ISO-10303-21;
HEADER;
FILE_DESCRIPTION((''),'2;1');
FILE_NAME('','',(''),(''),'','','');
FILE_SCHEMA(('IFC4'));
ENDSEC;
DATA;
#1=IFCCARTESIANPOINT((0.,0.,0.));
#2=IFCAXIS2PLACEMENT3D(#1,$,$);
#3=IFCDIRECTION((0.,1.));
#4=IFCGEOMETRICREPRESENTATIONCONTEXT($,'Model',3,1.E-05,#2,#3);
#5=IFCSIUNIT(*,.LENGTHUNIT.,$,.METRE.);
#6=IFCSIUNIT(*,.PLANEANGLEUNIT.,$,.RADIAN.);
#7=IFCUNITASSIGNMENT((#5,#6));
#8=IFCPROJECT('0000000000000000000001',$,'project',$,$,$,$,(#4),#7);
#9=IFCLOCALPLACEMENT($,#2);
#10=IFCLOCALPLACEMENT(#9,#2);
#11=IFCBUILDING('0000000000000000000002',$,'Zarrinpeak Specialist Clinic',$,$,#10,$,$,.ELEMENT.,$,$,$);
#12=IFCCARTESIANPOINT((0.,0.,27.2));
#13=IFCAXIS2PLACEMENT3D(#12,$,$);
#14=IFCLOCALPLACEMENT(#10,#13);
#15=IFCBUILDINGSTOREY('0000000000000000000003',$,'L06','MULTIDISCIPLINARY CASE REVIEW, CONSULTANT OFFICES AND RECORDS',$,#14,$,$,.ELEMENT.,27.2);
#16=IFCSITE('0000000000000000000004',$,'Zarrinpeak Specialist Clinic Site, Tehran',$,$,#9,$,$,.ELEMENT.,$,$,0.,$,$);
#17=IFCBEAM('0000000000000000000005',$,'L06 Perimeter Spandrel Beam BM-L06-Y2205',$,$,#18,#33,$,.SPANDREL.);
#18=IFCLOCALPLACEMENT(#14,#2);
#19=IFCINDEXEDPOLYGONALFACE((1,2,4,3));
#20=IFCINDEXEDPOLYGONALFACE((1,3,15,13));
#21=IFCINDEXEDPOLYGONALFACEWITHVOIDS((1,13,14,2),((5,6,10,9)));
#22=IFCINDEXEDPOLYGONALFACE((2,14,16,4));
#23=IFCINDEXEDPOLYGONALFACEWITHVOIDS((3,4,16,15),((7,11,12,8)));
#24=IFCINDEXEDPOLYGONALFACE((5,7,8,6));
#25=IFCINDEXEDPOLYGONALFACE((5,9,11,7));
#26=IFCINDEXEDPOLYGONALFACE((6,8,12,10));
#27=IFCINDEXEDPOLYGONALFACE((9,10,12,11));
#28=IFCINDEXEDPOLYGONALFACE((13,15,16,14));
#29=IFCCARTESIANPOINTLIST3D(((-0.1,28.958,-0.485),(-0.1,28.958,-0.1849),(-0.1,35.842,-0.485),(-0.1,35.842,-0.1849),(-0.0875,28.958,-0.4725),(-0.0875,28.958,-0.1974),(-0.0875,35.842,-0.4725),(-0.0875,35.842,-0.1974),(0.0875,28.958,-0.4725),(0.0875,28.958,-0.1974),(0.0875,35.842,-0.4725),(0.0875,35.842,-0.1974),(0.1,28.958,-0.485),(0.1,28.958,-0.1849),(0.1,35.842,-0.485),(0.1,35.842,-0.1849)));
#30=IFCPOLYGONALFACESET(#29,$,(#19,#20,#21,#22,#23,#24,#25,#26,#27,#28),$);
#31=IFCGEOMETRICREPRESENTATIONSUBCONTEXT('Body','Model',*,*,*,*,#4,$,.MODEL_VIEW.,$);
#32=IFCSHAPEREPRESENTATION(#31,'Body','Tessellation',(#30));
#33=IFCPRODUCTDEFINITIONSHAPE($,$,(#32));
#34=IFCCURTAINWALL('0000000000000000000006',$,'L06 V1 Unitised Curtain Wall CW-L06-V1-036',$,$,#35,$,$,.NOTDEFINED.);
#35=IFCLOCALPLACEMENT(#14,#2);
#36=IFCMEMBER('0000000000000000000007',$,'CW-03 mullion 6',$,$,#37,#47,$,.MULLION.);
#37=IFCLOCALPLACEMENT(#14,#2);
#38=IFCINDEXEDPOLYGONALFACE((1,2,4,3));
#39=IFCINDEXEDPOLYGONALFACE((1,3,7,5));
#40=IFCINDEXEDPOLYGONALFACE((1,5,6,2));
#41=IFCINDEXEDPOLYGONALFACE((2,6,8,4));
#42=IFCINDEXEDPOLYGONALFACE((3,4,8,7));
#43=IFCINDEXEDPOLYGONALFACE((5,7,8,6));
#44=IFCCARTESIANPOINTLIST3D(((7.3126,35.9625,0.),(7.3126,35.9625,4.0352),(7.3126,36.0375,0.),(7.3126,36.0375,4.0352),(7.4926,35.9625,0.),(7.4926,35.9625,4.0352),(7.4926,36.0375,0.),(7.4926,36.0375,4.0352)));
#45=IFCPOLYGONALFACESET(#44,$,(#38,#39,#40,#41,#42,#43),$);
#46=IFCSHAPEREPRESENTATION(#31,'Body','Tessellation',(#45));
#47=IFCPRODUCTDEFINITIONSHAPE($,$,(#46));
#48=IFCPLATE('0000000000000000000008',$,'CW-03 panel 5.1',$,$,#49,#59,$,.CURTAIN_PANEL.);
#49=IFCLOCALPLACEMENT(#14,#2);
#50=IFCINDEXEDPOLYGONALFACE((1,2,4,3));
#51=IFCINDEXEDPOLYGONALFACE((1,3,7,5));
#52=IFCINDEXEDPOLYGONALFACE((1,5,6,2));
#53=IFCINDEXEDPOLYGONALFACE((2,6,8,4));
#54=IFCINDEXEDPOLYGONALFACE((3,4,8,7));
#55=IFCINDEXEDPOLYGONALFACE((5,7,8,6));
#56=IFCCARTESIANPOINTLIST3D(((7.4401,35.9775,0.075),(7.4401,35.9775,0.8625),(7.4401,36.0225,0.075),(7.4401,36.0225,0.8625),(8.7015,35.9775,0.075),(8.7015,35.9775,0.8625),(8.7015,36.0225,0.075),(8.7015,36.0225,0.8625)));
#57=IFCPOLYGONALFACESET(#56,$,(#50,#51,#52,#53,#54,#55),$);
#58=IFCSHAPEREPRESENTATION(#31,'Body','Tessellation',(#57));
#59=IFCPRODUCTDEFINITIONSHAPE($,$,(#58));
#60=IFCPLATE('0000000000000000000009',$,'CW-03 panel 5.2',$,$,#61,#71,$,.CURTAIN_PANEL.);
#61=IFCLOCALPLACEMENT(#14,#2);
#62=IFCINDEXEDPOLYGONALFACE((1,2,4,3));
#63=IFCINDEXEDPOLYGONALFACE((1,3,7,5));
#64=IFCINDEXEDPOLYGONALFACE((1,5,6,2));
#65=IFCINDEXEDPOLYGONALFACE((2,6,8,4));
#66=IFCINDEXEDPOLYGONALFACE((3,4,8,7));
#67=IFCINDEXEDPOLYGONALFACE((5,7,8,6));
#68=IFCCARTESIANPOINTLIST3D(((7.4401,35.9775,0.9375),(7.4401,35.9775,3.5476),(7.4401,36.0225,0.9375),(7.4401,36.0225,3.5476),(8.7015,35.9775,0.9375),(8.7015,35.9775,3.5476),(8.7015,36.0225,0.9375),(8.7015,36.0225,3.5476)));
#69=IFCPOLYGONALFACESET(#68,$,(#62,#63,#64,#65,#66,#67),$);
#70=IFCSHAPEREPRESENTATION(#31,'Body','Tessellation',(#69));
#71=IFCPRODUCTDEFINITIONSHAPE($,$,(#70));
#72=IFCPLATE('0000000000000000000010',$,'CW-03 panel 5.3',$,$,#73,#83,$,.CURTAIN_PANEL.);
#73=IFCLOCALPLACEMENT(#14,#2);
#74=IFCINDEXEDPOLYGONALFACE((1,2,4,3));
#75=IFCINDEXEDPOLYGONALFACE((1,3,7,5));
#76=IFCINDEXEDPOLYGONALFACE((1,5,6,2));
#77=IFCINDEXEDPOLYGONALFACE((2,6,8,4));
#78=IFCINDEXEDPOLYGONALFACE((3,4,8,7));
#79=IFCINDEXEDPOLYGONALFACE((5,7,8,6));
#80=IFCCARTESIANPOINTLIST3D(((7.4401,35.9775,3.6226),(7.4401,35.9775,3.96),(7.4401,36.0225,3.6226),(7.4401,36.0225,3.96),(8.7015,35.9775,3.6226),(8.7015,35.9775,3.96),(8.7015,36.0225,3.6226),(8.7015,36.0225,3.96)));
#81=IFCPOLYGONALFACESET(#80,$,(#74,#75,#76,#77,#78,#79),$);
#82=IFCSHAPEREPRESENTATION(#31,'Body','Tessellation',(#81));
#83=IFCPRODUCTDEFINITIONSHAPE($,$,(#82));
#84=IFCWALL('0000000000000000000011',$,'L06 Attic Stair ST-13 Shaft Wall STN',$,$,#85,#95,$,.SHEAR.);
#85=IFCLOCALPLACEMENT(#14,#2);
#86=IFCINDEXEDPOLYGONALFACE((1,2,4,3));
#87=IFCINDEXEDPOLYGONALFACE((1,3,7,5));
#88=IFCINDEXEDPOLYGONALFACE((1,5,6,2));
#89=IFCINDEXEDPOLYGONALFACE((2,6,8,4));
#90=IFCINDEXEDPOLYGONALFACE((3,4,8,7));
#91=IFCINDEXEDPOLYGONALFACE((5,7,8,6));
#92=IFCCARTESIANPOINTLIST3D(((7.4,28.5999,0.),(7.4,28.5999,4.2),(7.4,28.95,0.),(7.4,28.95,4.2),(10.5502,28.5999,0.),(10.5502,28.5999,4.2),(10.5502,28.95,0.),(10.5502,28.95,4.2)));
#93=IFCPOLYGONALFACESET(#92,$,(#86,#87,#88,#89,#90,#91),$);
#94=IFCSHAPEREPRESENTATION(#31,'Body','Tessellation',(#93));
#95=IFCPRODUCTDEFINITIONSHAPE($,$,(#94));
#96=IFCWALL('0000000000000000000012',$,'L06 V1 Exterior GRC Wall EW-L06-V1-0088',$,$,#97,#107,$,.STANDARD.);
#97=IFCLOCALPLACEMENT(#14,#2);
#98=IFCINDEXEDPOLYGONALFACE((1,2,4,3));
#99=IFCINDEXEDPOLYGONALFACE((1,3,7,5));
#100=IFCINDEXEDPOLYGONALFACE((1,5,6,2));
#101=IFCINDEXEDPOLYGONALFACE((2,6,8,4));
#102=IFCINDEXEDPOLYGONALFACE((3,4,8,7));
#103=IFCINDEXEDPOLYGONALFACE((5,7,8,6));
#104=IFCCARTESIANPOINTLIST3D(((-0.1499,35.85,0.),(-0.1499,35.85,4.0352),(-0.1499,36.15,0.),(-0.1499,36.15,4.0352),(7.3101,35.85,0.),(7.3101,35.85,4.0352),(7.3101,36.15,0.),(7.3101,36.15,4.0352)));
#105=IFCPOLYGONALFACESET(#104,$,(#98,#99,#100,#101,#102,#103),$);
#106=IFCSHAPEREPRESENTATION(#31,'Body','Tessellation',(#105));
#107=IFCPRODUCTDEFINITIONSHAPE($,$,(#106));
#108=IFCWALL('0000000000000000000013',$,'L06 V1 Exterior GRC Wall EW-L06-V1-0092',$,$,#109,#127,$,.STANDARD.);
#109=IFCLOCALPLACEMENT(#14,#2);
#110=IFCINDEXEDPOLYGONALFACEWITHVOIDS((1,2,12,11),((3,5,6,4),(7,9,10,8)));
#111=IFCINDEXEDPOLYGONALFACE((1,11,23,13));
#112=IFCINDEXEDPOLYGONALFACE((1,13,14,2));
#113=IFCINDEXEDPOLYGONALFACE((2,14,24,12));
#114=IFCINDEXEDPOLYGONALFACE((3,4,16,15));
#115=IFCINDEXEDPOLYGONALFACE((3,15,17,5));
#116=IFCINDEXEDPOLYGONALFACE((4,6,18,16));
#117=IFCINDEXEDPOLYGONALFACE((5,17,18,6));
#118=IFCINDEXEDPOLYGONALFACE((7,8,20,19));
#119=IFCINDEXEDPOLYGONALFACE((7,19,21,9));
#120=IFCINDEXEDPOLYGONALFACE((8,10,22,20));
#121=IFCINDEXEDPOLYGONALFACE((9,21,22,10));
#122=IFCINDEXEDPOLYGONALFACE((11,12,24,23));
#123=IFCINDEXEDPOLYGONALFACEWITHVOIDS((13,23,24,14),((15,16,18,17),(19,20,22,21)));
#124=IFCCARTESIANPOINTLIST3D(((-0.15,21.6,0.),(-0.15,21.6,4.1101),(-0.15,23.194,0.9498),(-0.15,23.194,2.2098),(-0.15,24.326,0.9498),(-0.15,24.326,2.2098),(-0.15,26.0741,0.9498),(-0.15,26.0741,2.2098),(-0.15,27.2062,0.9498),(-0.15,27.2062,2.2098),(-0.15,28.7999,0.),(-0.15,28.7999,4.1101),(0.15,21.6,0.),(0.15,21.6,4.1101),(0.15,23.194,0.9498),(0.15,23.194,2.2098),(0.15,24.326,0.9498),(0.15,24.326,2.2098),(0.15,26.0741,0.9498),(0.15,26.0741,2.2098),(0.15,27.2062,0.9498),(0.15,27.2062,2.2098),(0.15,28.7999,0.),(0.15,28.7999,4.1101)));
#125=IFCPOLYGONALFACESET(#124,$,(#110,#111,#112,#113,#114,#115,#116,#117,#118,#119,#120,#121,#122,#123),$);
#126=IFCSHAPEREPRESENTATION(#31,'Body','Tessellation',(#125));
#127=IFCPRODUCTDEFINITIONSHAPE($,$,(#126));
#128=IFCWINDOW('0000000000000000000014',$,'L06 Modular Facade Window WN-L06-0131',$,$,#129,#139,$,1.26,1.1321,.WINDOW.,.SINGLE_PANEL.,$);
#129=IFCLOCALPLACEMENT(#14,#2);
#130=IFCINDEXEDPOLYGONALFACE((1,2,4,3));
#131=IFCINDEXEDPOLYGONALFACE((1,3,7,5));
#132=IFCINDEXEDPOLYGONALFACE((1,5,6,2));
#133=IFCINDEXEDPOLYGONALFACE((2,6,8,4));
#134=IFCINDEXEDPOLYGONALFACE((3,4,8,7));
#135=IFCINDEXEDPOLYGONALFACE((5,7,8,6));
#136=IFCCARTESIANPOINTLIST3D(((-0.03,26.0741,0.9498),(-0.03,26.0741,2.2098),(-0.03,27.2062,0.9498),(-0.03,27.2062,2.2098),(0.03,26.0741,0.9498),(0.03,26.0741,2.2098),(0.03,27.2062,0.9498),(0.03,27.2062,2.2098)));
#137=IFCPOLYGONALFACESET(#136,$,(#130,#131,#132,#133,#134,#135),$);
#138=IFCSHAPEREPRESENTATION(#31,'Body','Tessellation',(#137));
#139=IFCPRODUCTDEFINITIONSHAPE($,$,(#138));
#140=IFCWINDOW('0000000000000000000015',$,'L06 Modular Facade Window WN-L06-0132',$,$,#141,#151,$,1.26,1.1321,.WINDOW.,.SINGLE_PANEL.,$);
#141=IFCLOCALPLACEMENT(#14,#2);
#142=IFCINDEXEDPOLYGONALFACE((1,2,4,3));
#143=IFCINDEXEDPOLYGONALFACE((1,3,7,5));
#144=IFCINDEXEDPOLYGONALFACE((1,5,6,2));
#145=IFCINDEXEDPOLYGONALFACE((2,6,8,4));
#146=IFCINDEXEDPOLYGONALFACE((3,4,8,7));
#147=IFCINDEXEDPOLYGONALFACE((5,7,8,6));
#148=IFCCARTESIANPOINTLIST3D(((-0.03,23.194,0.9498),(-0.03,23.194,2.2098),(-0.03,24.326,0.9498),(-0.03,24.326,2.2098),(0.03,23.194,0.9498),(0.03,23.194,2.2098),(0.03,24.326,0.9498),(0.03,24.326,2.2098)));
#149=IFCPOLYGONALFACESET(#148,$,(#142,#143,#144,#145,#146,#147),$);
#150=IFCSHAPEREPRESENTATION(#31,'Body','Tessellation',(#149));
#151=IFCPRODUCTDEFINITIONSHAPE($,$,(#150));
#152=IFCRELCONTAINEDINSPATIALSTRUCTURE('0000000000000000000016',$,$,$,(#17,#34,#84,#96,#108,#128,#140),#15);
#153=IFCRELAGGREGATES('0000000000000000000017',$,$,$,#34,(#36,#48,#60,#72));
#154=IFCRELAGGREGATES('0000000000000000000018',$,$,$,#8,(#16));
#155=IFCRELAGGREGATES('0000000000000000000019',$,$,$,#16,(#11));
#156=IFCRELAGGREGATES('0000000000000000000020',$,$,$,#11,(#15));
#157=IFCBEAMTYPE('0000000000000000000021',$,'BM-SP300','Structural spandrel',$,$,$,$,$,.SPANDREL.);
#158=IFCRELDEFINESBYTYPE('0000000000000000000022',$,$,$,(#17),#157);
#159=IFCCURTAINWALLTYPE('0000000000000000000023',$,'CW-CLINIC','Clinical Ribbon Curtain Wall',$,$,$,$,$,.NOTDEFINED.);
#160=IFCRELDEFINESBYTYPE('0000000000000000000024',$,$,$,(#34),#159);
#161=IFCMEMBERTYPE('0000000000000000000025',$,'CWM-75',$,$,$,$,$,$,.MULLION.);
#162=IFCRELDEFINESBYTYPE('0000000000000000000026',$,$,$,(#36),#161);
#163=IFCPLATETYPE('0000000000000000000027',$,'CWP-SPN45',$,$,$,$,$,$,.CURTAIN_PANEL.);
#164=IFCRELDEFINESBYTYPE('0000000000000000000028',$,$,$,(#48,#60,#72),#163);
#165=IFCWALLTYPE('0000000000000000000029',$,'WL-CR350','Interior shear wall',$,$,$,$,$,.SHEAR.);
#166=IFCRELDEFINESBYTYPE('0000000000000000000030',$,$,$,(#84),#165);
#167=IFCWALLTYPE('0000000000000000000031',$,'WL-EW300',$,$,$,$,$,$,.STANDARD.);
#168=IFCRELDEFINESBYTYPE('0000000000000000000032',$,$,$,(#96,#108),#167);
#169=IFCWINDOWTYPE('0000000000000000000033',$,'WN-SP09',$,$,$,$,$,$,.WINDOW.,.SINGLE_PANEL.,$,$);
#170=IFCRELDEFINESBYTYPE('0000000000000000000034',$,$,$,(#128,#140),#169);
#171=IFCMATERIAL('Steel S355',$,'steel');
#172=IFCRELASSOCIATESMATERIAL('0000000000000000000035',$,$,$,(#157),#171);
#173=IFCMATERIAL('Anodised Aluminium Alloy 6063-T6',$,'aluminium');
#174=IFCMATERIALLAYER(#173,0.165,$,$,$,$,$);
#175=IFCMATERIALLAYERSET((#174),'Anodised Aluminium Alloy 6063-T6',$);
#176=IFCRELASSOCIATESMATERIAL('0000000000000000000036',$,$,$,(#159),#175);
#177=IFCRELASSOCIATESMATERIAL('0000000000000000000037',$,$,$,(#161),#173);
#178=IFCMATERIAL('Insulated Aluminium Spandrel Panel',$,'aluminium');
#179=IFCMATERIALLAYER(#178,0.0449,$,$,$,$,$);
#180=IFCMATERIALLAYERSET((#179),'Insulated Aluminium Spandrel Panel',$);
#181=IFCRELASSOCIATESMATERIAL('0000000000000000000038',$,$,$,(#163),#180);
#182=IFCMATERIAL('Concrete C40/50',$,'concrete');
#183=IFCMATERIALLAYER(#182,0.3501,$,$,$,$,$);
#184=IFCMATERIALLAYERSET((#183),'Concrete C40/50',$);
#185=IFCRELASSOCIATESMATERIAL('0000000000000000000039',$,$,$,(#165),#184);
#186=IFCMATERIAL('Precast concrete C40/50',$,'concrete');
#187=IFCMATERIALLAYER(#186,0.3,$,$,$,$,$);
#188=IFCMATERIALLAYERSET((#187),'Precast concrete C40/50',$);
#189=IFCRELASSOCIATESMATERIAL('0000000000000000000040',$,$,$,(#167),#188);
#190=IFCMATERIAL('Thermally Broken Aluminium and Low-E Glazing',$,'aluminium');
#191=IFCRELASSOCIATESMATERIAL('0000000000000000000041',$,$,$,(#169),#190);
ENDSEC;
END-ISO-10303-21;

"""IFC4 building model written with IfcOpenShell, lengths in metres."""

from ifc_helpers import new_model, si_unit, direction, frame, frame_2d, origin, origin_2d, place, context, subcontext, project, spatial, rectangle, hollow_rectangle, extrude, material, layer, layer_set, material_profile, profile_set, type_object, element, fill, aggregate, save


model = new_model("IFC4")

# Units and contexts
model_context = context("Model", 3, precision=1e-05, world=origin(), true_north=direction((0.0, 1.0)))
body_context = subcontext(model_context, "Body", "Model", "MODEL_VIEW")
ifc_project = project(units=[si_unit("LENGTHUNIT", "METRE"), si_unit("PLANEANGLEUNIT", "RADIAN")], contexts=[model_context])

# Site, building, storey
site_placement = place(None, origin())
site = spatial("IfcSite", under=ifc_project, at=site_placement, Name="Zarrinpeak Specialist Clinic Site, Tehran", CompositionType="ELEMENT", RefElevation=0.0)
building_placement = place(site_placement, origin())
building = spatial("IfcBuilding", under=site, at=building_placement, Name="Zarrinpeak Specialist Clinic", CompositionType="ELEMENT")
storey_placement = place(building_placement, frame((0.0, 0.0, 27.2)))
storey = spatial("IfcBuildingStorey", under=building, at=storey_placement, Name="L06", Description="MULTIDISCIPLINARY CASE REVIEW, CONSULTANT OFFICES AND RECORDS", CompositionType="ELEMENT", Elevation=27.2)

# Shared definitions
ifc_material_1 = material(Name="Steel S355", Category="steel")

# Beam
ifc_material_profile_1 = material_profile(ifc_material_1, hollow_rectangle(XDim=0.2, YDim=0.3, WallThickness=0.0125, at=origin_2d()), Name="RHS 300x200x12.5")
ifc_profile_set_1 = profile_set([ifc_material_profile_1], Name="Steel S355")
beam_type_1 = type_object("IfcBeamType", Name="BM-SP300", Description="Structural spandrel", PredefinedType="SPANDREL", material=ifc_profile_set_1)
beam_1_placement = place(storey_placement, frame((0.0, 28.958, -0.335), z_axis=(0.0, 1.0, 0.0), x_axis=(-1.0, 0.0, 0.0)))
element("IfcBeam", 1, at=beam_1_placement, inside=storey, type_object=beam_type_1, Name="L06 Perimeter Spandrel Beam BM-L06-Y2205", PredefinedType="SPANDREL", context=body_context, shape_type="SweptSolid", body=[
    extrude(hollow_rectangle(XDim=0.2, YDim=0.3, WallThickness=0.0125, at=origin_2d()), origin(), (0.0, 0.0, 1.0), 6.884),
])

# Curtain wall, member, plates
ifc_material_2 = material(Name="Anodised Aluminium Alloy 6063-T6", Category="aluminium")
ifc_layer_1 = layer(ifc_material_2, 0.165)
ifc_layer_set_1 = layer_set([ifc_layer_1], Name="Anodised Aluminium Alloy 6063-T6")
curtain_wall_type = type_object("IfcCurtainWallType", Name="CW-CLINIC", Description="Clinical Ribbon Curtain Wall", PredefinedType="NOTDEFINED", material=ifc_layer_set_1)
curtain_wall_placement = place(storey_placement, origin())
curtain_wall = element("IfcCurtainWall", 2, at=curtain_wall_placement, inside=storey, type_object=curtain_wall_type, Name="L06 V1 Unitised Curtain Wall CW-L06-V1-036", PredefinedType="NOTDEFINED")
ifc_material_profile_2 = material_profile(ifc_material_2, rectangle(XDim=0.075, YDim=0.1799, at=origin_2d()), Name="ALU 75x180")
ifc_profile_set_2 = profile_set([ifc_material_profile_2], Name="Anodised Aluminium Alloy 6063-T6")
member_type = type_object("IfcMemberType", Name="CWM-75", PredefinedType="MULLION", material=ifc_profile_set_2)
member_placement = place(storey_placement, frame((7.4026, 36.0, 0.0), z_axis=(0.0, 0.0, 1.0), x_axis=(0.0, -1.0, 0.0)))
member = element("IfcMember", 3, at=member_placement, type_object=member_type, Name="CW-03 mullion 6", PredefinedType="MULLION", context=body_context, shape_type="SweptSolid", body=[
    extrude(rectangle(XDim=0.075, YDim=0.1799, at=origin_2d()), origin(), (0.0, 0.0, 1.0), 4.0352),
])
ifc_material_3 = material(Name="Insulated Aluminium Spandrel Panel", Category="aluminium")
ifc_layer_2 = layer(ifc_material_3, 0.0449)
ifc_layer_set_2 = layer_set([ifc_layer_2], Name="Insulated Aluminium Spandrel Panel")
plate_type = type_object("IfcPlateType", Name="CWP-SPN45", PredefinedType="CURTAIN_PANEL", material=ifc_layer_set_2)
plate_1_placement = place(storey_placement, frame((8.0708, 36.0, 0.075), z_axis=(0.0, 0.0, 1.0), x_axis=(-1.0, 0.0, 0.0)))
plate_1 = element("IfcPlate", 4, at=plate_1_placement, type_object=plate_type, Name="CW-03 panel 5.1", PredefinedType="CURTAIN_PANEL", context=body_context, shape_type="SweptSolid", body=[
    extrude(rectangle(XDim=1.2615, YDim=0.0449, at=origin_2d()), origin(), (0.0, 0.0, 1.0), 0.7876),
])
plate_2_placement = place(storey_placement, frame((8.0708, 36.0, 0.9375), z_axis=(0.0, 0.0, 1.0), x_axis=(-1.0, 0.0, 0.0)))
plate_2 = element("IfcPlate", 5, at=plate_2_placement, type_object=plate_type, Name="CW-03 panel 5.2", PredefinedType="CURTAIN_PANEL", context=body_context, shape_type="SweptSolid", body=[
    extrude(rectangle(XDim=1.2615, YDim=0.0449, at=origin_2d()), origin(), (0.0, 0.0, 1.0), 2.6101),
])
plate_3_placement = place(storey_placement, frame((8.0708, 36.0, 3.6226), z_axis=(0.0, 0.0, 1.0), x_axis=(-1.0, 0.0, 0.0)))
plate_3 = element("IfcPlate", 6, at=plate_3_placement, type_object=plate_type, Name="CW-03 panel 5.3", PredefinedType="CURTAIN_PANEL", context=body_context, shape_type="SweptSolid", body=[
    extrude(rectangle(XDim=1.2615, YDim=0.0449, at=origin_2d()), origin(), (0.0, 0.0, 1.0), 0.3374),
])
aggregate(curtain_wall, [member, plate_1, plate_2, plate_3])

# Walls
ifc_material_4 = material(Name="Concrete C40/50", Category="concrete")
ifc_layer_3 = layer(ifc_material_4, 0.3501)
ifc_layer_set_3 = layer_set([ifc_layer_3], Name="Concrete C40/50")
wall_type_1 = type_object("IfcWallType", Name="WL-CR350", Description="Interior shear wall", PredefinedType="SHEAR", material=ifc_layer_set_3)
wall_1_placement = place(storey_placement, frame((7.3999, 28.7749, 0.0), z_axis=(0.0, 0.0, 1.0), x_axis=(1.0, 0.0, 0.0)))
element("IfcWall", 7, at=wall_1_placement, inside=storey, type_object=wall_type_1, Name="L06 Attic Stair ST-13 Shaft Wall STN", PredefinedType="SHEAR", context=body_context, shape_type="SweptSolid", body=[
    extrude(rectangle(XDim=3.1501, YDim=0.3501, at=frame_2d((1.5752, 0.0))), origin(), (0.0, 0.0, 1.0), 4.2),
])
ifc_material_5 = material(Name="Precast concrete C40/50", Category="concrete")
ifc_layer_4 = layer(ifc_material_5, 0.3)
ifc_layer_set_4 = layer_set([ifc_layer_4], Name="Precast concrete C40/50")
wall_type_2 = type_object("IfcWallType", Name="WL-EW300", PredefinedType="STANDARD", material=ifc_layer_set_4)
wall_2_placement = place(storey_placement, frame((7.3101, 36.0, 0.0), z_axis=(0.0, 0.0, 1.0), x_axis=(-1.0, 0.0, 0.0)))
element("IfcWall", 8, at=wall_2_placement, inside=storey, type_object=wall_type_2, Name="L06 V1 Exterior GRC Wall EW-L06-V1-0088", PredefinedType="STANDARD", context=body_context, shape_type="SweptSolid", body=[
    extrude(rectangle(XDim=7.46, YDim=0.3, at=frame_2d((3.73, 0.0))), origin(), (0.0, 0.0, 1.0), 4.0352),
])

# Wall, openings, windows
wall_3_placement = place(storey_placement, frame((0.0, 28.8, 0.0), z_axis=(0.0, 0.0, 1.0), x_axis=(0.0, -1.0, 0.0)))
wall_3 = element("IfcWall", 9, at=wall_3_placement, inside=storey, type_object=wall_type_2, Name="L06 V1 Exterior GRC Wall EW-L06-V1-0092", PredefinedType="STANDARD", context=body_context, shape_type="SweptSolid", body=[
    extrude(rectangle(XDim=7.2, YDim=0.3, at=frame_2d((3.6001, 0.0))), origin(), (0.0, 0.0, 1.0), 4.1101),
])
opening_1_placement = place(wall_3_placement, frame((1.594, 0.0, 0.95)))
opening_1 = element("IfcOpeningElement", 10, at=opening_1_placement, cuts=wall_3, PredefinedType="OPENING", context=body_context, shape_type="SweptSolid", body=[
    extrude(rectangle(XDim=1.1321, YDim=1.26, at=frame_2d((0.5659, 0.6299))), frame((0.0, 0.1602, 0.0), z_axis=(0.0, -1.0, 0.0), x_axis=(1.0, 0.0, 0.0)), (0.0, 0.0, 1.0), 0.3201),
])
opening_2_placement = place(wall_3_placement, frame((4.4741, 0.0, 0.95)))
opening_2 = element("IfcOpeningElement", 11, at=opening_2_placement, cuts=wall_3, PredefinedType="OPENING", context=body_context, shape_type="SweptSolid", body=[
    extrude(rectangle(XDim=1.1321, YDim=1.26, at=frame_2d((0.5659, 0.6299))), frame((0.0, 0.1602, 0.0), z_axis=(0.0, -1.0, 0.0), x_axis=(1.0, 0.0, 0.0)), (0.0, 0.0, 1.0), 0.3201),
])
ifc_material_6 = material(Name="Thermally Broken Aluminium and Low-E Glazing", Category="aluminium")
window_type_1 = type_object("IfcWindowType", Name="WN-SP09", PartitioningType="SINGLE_PANEL", PredefinedType="WINDOW", material=ifc_material_6)
window_1_placement = place(opening_1_placement, origin())
window_1 = element("IfcWindow", 12, at=window_1_placement, inside=storey, type_object=window_type_1, Name="L06 Modular Facade Window WN-L06-0131", OverallHeight=1.26, OverallWidth=1.1321, PartitioningType="SINGLE_PANEL", PredefinedType="WINDOW", context=body_context, shape_type="SweptSolid", body=[
    extrude(rectangle(XDim=1.1321, YDim=1.26, at=frame_2d((0.5659, 0.6299))), frame((0.0, 0.03, 0.0), z_axis=(0.0, -1.0, 0.0), x_axis=(1.0, 0.0, 0.0)), (0.0, 0.0, 1.0), 0.0601),
])
fill(opening_1, window_1)
window_2_placement = place(opening_2_placement, origin())
window_2 = element("IfcWindow", 13, at=window_2_placement, inside=storey, type_object=window_type_1, Name="L06 Modular Facade Window WN-L06-0132", OverallHeight=1.26, OverallWidth=1.1321, PartitioningType="SINGLE_PANEL", PredefinedType="WINDOW", context=body_context, shape_type="SweptSolid", body=[
    extrude(rectangle(XDim=1.1321, YDim=1.26, at=frame_2d((0.5659, 0.6299))), frame((0.0, 0.03, 0.0), z_axis=(0.0, -1.0, 0.0), x_axis=(1.0, 0.0, 0.0)), (0.0, 0.0, 1.0), 0.0601),
])
fill(opening_2, window_2)

save(model, "model.ifc")
